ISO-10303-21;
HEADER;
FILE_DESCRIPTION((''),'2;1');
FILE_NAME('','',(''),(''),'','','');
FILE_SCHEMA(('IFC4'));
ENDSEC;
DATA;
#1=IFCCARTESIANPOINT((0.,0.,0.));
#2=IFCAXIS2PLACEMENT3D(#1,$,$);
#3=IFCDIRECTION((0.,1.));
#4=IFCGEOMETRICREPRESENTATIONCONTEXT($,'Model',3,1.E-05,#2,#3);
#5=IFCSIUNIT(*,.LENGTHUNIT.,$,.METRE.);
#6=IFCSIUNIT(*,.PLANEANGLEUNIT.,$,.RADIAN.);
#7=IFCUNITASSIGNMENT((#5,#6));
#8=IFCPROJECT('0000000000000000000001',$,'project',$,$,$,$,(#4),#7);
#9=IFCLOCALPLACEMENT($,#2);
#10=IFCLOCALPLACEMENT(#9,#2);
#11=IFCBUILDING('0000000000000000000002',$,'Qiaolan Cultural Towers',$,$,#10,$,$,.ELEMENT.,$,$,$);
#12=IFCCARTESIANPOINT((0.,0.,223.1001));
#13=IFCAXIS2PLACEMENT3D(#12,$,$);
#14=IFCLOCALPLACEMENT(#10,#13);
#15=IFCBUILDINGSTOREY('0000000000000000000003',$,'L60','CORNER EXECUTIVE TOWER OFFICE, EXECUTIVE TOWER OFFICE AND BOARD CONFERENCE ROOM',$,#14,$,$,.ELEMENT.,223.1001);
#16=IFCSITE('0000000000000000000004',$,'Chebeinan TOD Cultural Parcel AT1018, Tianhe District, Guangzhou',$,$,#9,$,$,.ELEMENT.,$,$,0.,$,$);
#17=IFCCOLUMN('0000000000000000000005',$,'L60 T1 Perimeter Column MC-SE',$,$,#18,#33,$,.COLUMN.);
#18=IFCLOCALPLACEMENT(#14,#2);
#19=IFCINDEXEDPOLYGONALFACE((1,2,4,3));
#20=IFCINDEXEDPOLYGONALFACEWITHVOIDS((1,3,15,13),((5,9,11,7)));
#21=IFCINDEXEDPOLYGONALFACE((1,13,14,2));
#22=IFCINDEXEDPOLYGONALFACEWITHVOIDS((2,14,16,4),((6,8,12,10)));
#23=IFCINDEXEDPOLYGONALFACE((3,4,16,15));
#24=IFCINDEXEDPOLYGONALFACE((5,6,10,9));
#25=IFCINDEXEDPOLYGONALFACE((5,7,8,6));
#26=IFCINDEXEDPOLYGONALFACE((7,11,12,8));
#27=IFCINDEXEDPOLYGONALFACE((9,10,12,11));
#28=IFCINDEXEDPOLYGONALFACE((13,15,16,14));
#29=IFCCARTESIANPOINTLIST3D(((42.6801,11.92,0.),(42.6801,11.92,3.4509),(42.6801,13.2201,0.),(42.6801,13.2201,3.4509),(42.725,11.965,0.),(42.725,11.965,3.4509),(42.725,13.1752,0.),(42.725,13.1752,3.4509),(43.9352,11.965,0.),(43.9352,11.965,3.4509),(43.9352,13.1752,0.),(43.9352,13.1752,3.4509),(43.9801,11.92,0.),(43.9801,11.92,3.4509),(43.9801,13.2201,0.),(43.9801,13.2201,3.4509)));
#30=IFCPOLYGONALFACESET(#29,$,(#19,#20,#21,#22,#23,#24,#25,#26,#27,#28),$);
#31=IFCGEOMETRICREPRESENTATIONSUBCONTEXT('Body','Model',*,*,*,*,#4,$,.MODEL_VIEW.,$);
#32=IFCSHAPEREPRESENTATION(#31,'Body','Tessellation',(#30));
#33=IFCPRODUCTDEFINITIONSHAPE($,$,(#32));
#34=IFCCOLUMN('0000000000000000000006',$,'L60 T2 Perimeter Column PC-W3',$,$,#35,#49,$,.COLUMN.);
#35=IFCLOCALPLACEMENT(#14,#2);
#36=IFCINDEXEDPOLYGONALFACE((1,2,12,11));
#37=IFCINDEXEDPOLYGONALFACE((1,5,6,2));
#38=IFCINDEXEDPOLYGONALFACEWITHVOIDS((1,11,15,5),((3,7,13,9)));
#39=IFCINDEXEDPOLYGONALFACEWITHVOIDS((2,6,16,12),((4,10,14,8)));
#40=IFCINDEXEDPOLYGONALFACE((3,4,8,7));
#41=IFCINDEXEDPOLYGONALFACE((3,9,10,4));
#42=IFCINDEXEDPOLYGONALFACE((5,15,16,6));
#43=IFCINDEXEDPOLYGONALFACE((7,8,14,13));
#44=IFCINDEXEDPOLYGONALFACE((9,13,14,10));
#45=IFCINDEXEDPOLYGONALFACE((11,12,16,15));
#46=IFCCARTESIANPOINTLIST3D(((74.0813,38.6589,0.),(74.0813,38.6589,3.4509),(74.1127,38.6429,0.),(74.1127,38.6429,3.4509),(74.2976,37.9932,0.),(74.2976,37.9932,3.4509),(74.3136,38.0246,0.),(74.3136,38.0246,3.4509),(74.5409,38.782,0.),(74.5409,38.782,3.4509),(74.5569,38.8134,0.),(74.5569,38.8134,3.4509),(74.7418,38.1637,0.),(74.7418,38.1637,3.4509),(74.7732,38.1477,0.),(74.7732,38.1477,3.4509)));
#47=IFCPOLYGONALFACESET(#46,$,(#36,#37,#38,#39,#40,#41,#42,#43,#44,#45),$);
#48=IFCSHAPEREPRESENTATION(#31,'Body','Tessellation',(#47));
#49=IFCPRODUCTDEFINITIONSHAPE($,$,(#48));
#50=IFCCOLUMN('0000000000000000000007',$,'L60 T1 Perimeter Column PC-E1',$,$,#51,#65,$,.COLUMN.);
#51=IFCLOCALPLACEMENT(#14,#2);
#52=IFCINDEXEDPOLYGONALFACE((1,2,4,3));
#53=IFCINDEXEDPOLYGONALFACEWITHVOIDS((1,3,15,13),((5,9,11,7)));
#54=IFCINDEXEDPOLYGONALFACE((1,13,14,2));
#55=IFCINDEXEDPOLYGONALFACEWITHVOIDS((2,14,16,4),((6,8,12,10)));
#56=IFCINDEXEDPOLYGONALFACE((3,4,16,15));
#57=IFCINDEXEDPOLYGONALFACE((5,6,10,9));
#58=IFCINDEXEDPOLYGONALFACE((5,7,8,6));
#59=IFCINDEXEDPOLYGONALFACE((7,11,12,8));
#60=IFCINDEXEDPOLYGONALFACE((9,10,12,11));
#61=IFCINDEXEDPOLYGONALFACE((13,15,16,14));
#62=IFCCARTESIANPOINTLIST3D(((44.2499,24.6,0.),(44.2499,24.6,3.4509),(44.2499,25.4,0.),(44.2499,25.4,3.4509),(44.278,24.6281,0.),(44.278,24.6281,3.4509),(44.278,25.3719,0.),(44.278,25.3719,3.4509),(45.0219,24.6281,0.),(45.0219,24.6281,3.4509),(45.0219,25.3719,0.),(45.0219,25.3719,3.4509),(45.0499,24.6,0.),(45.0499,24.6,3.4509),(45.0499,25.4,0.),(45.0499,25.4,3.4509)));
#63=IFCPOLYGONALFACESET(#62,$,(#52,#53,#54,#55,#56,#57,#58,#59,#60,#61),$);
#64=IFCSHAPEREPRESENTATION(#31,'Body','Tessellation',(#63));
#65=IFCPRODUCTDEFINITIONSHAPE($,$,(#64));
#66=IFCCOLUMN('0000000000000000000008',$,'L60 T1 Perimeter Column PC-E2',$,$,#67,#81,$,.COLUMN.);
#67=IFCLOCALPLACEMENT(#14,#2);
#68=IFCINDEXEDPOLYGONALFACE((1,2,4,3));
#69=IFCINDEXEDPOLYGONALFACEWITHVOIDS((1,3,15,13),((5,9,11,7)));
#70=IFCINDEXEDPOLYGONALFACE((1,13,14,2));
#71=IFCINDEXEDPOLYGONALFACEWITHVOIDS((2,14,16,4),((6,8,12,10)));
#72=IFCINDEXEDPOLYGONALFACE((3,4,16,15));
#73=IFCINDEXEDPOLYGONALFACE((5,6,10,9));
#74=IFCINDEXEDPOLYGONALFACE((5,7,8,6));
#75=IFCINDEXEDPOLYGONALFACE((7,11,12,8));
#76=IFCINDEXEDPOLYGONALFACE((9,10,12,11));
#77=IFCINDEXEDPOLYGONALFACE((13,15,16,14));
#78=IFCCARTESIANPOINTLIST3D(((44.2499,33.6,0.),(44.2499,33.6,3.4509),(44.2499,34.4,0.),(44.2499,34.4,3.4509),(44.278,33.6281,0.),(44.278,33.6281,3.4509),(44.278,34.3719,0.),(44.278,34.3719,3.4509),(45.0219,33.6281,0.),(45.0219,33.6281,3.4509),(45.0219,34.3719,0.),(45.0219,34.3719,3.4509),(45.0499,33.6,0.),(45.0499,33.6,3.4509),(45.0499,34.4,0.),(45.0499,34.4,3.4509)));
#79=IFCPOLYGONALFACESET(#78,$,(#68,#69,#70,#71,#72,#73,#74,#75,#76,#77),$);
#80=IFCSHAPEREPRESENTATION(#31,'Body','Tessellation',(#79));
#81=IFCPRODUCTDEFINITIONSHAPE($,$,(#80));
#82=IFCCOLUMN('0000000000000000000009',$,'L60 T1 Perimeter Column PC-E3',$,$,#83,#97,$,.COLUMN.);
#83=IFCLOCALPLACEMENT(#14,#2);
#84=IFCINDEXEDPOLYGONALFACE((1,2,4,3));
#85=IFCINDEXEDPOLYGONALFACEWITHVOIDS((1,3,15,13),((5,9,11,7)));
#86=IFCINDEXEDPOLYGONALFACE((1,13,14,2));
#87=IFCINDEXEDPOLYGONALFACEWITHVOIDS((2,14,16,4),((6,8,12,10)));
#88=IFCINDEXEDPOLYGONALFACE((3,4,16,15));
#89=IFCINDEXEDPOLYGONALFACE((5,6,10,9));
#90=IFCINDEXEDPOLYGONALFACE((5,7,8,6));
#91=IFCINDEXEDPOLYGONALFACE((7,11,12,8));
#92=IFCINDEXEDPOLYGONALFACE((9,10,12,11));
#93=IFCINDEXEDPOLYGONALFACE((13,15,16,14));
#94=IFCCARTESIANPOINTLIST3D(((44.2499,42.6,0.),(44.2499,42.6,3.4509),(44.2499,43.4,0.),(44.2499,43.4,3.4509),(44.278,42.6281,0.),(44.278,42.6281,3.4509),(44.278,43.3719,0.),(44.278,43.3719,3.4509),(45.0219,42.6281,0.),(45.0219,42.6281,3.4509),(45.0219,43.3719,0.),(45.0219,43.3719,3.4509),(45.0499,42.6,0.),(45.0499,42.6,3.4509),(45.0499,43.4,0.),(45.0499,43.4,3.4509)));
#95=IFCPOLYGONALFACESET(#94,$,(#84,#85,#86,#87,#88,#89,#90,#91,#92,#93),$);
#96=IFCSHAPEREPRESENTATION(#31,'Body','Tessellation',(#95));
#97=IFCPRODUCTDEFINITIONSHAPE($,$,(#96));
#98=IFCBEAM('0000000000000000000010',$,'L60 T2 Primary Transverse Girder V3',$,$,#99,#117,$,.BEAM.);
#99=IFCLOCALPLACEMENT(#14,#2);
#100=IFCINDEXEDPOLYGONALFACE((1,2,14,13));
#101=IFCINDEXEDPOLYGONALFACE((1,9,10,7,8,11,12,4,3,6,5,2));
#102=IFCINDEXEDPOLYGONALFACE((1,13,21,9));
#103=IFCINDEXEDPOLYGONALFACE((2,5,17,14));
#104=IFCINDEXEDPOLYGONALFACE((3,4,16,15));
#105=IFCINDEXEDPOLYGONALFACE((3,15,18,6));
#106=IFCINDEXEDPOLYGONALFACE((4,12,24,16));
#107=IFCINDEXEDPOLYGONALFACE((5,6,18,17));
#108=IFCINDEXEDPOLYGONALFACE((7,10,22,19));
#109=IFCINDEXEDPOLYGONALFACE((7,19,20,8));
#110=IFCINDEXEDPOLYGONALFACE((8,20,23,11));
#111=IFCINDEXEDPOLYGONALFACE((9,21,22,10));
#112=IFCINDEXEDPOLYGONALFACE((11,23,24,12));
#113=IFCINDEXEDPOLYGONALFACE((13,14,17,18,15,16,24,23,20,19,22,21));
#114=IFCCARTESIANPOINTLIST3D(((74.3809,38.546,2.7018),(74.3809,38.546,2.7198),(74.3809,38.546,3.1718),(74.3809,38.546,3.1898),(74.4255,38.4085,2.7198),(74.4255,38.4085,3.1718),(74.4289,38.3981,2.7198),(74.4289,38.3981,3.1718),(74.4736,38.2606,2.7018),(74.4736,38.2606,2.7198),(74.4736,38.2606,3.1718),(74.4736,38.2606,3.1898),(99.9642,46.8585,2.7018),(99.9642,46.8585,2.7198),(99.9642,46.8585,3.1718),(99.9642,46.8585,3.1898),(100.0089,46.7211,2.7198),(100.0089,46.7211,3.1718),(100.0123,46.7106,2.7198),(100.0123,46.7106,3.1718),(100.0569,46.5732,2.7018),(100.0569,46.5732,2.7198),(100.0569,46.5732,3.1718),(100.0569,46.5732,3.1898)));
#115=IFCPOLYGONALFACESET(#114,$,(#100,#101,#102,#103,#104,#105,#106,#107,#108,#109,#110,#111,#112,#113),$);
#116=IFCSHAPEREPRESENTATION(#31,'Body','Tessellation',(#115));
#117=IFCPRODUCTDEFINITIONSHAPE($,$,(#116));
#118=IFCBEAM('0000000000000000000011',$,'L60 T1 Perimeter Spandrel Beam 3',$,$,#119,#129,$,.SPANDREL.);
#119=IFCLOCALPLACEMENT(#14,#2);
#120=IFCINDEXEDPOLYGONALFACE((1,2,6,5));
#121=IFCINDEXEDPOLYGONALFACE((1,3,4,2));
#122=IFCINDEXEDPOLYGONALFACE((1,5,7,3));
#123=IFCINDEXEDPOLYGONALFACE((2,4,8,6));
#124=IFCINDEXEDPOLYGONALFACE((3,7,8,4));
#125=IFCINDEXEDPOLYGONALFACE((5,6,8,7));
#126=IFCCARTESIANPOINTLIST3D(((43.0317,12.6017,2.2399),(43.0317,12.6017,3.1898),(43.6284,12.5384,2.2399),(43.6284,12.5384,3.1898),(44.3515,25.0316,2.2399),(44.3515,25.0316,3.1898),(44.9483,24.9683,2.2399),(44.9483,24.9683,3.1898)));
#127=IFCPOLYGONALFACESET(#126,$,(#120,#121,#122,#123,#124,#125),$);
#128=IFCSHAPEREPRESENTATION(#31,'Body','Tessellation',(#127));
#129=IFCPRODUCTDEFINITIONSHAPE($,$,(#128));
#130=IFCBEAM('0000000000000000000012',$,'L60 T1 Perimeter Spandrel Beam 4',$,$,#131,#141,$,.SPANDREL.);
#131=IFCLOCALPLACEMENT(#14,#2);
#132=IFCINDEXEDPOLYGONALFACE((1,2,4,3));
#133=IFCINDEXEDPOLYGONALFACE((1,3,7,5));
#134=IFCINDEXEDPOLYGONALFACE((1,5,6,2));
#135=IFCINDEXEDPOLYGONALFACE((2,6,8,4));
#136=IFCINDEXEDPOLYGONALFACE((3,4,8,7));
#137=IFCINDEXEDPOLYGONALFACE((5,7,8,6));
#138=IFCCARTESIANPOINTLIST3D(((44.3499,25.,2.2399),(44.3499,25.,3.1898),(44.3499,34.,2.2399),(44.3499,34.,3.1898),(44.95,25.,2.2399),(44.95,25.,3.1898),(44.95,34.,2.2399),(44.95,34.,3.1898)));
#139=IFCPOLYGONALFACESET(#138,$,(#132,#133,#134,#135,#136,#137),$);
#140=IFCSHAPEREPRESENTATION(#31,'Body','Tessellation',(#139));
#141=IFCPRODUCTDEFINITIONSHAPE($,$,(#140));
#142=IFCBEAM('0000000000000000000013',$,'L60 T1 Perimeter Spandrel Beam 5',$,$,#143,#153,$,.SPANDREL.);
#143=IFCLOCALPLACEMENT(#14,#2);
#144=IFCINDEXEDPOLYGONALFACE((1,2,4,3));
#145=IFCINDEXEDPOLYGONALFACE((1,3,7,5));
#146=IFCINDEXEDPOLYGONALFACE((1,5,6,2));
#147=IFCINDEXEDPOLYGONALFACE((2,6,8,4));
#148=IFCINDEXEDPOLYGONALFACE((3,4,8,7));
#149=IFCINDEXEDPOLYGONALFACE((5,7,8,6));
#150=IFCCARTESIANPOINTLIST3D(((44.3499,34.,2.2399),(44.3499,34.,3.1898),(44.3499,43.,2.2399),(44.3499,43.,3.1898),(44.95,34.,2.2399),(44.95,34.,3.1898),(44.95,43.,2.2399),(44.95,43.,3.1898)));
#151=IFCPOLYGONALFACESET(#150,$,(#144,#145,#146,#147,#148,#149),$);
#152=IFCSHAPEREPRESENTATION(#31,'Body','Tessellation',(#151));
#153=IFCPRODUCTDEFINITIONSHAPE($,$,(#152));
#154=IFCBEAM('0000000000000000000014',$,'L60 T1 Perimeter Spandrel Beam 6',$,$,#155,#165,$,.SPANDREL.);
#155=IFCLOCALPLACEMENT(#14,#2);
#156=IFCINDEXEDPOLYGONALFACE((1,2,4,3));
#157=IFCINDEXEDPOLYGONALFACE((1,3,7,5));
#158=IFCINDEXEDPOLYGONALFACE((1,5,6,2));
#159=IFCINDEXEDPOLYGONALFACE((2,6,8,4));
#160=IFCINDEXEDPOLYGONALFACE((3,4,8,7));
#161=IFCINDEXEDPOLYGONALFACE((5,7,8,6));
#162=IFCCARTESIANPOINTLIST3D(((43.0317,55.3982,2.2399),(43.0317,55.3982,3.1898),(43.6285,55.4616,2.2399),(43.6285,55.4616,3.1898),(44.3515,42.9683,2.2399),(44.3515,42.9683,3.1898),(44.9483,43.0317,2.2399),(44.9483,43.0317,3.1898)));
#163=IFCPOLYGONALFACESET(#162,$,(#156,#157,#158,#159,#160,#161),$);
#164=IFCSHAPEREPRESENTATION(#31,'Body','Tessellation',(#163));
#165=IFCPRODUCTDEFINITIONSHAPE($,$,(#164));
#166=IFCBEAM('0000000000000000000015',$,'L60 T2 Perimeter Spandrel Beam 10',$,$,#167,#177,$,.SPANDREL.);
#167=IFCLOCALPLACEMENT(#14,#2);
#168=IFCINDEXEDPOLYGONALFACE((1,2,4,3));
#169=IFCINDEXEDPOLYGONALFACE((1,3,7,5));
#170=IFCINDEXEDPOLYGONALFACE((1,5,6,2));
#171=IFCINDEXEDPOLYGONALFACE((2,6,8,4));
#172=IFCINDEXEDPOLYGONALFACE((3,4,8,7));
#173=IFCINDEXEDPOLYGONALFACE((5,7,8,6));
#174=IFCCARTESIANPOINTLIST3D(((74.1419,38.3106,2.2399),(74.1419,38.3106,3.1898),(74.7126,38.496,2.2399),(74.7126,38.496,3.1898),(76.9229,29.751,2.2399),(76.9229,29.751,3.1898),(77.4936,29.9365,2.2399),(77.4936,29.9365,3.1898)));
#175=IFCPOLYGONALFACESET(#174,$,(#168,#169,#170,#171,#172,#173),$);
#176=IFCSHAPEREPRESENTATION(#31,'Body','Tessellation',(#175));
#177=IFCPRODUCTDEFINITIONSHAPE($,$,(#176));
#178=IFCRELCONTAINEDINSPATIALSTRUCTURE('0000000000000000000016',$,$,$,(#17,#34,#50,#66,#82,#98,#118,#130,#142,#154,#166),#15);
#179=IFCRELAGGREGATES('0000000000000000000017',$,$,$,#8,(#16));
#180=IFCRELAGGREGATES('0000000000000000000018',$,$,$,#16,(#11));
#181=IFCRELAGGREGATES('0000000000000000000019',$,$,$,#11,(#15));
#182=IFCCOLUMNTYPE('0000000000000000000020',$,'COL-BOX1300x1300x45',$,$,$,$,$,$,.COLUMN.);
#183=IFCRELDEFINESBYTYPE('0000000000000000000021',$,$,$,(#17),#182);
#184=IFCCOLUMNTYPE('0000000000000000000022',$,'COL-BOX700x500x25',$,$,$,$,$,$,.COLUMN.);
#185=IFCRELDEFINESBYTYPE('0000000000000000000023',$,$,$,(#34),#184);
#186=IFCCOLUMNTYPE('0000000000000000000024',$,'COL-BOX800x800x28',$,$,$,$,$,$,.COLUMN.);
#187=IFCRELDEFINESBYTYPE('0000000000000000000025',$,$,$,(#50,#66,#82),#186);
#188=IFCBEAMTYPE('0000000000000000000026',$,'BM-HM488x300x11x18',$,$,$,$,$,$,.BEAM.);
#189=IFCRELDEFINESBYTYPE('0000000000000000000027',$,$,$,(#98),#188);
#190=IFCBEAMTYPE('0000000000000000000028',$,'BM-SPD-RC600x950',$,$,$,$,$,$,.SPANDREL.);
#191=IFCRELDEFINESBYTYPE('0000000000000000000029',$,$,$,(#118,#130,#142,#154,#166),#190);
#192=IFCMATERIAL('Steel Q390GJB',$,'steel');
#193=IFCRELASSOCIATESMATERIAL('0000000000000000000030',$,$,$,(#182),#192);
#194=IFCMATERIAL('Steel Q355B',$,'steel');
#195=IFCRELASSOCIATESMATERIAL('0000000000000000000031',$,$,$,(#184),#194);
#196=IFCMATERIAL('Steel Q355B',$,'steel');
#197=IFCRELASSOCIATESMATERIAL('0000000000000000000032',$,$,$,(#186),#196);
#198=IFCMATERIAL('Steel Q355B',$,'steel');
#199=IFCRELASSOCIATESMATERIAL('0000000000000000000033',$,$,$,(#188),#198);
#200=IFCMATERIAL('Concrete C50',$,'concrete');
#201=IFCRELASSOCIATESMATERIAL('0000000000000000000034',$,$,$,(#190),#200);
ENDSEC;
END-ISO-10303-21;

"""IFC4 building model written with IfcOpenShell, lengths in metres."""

from ifc_helpers import new_model, si_unit, direction, frame, origin, origin_2d, place, context, subcontext, project, spatial, rectangle, hollow_rectangle, i_section, extrude, material, material_profile, profile_set, type_object, element, save


model = new_model("IFC4")

# Units and contexts
model_context = context("Model", 3, precision=1e-05, world=origin(), true_north=direction((0.0, 1.0)))
body_context = subcontext(model_context, "Body", "Model", "MODEL_VIEW")
ifc_project = project(units=[si_unit("LENGTHUNIT", "METRE"), si_unit("PLANEANGLEUNIT", "RADIAN")], contexts=[model_context])

# Site, building, storey
site_placement = place(None, origin())
site = spatial("IfcSite", under=ifc_project, at=site_placement, Name="Chebeinan TOD Cultural Parcel AT1018, Tianhe District, Guangzhou", CompositionType="ELEMENT", RefElevation=0.0)
building_placement = place(site_placement, origin())
building = spatial("IfcBuilding", under=site, at=building_placement, Name="Qiaolan Cultural Towers", CompositionType="ELEMENT")
storey_placement = place(building_placement, frame((0.0, 0.0, 223.1001)))
storey = spatial("IfcBuildingStorey", under=building, at=storey_placement, Name="L60", Description="CORNER EXECUTIVE TOWER OFFICE, EXECUTIVE TOWER OFFICE AND BOARD CONFERENCE ROOM", CompositionType="ELEMENT", Elevation=223.1001)

# Columns
ifc_material_1 = material(Name="Steel Q390GJB", Category="steel")
ifc_material_profile_1 = material_profile(ifc_material_1, hollow_rectangle(XDim=1.3, YDim=1.3, WallThickness=0.0449, at=origin_2d()), Name="BOX1300x1300x45")
ifc_profile_set_1 = profile_set([ifc_material_profile_1], Name="Steel Q390GJB")
column_type_1 = type_object("IfcColumnType", Name="COL-BOX1300x1300x45", PredefinedType="COLUMN", material=ifc_profile_set_1)
column_1_placement = place(storey_placement, frame((43.3301, 12.5701, 0.0), z_axis=(0.0, 0.0, 1.0), x_axis=(1.0, 0.0, 0.0)))
element("IfcColumn", 1, at=column_1_placement, inside=storey, type_object=column_type_1, Name="L60 T1 Perimeter Column MC-SE", PredefinedType="COLUMN", context=body_context, shape_type="SweptSolid", body=[
    extrude(hollow_rectangle(XDim=1.3, YDim=1.3, WallThickness=0.0449, at=origin_2d()), origin(), (0.0, 0.0, 1.0), 3.4509),
])
ifc_material_2 = material(Name="Steel Q355B", Category="steel")
ifc_material_profile_2 = material_profile(ifc_material_2, hollow_rectangle(XDim=0.5, YDim=0.7, WallThickness=0.0249, at=origin_2d()), Name="BOX700x500x25")
ifc_profile_set_2 = profile_set([ifc_material_profile_2], Name="Steel Q355B")
column_type_2 = type_object("IfcColumnType", Name="COL-BOX700x500x25", PredefinedType="COLUMN", material=ifc_profile_set_2)
column_2_placement = place(storey_placement, frame((74.4272, 38.4033, 0.0), z_axis=(0.0, 0.0, 1.0), x_axis=(0.951057, 0.309017, 0.0)))
element("IfcColumn", 2, at=column_2_placement, inside=storey, type_object=column_type_2, Name="L60 T2 Perimeter Column PC-W3", PredefinedType="COLUMN", context=body_context, shape_type="SweptSolid", body=[
    extrude(hollow_rectangle(XDim=0.5, YDim=0.7, WallThickness=0.0249, at=origin_2d()), origin(), (0.0, 0.0, 1.0), 3.4509),
])
ifc_material_3 = material(Name="Steel Q355B", Category="steel")
ifc_material_profile_3 = material_profile(ifc_material_3, hollow_rectangle(XDim=0.8, YDim=0.8, WallThickness=0.0281, at=origin_2d()), Name="BOX800x800x28")
ifc_profile_set_3 = profile_set([ifc_material_profile_3], Name="Steel Q355B")
column_type_3 = type_object("IfcColumnType", Name="COL-BOX800x800x28", PredefinedType="COLUMN", material=ifc_profile_set_3)
for number, where, z_axis, x_axis, name in (
    (3, (44.6499, 25.0, 0.0), (0.0, 0.0, 1.0), (1.0, 0.0, 0.0), "L60 T1 Perimeter Column PC-E1"),
    (4, (44.6499, 34.0, 0.0), (0.0, 0.0, 1.0), (1.0, 0.0, 0.0), "L60 T1 Perimeter Column PC-E2"),
    (5, (44.6499, 43.0, 0.0), (0.0, 0.0, 1.0), (1.0, 0.0, 0.0), "L60 T1 Perimeter Column PC-E3"),
):
    element("IfcColumn", number, at=place(storey_placement, frame(where, z_axis=z_axis, x_axis=x_axis)), inside=storey, type_object=column_type_3, Name=name, PredefinedType="COLUMN", context=body_context, shape_type="SweptSolid", body=[
        extrude(hollow_rectangle(XDim=0.8, YDim=0.8, WallThickness=0.0281, at=origin_2d()), origin(), (0.0, 0.0, 1.0), 3.4509),
    ])

# Beams
ifc_material_4 = material(Name="Steel Q355B", Category="steel")
ifc_material_profile_4 = material_profile(ifc_material_4, i_section(OverallWidth=0.3, OverallDepth=0.488, WebThickness=0.011, FlangeThickness=0.0181, at=origin_2d()), Name="HM488x300x11x18")
ifc_profile_set_4 = profile_set([ifc_material_profile_4], Name="Steel Q355B")
beam_type_1 = type_object("IfcBeamType", Name="BM-HM488x300x11x18", PredefinedType="BEAM", material=ifc_profile_set_4)
beam_1_placement = place(storey_placement, frame((74.4272, 38.4033, 2.9458), z_axis=(0.951057, 0.309017, 0.0), x_axis=(-0.309017, 0.951057, 0.0)))
element("IfcBeam", 6, at=beam_1_placement, inside=storey, type_object=beam_type_1, Name="L60 T2 Primary Transverse Girder V3", PredefinedType="BEAM", context=body_context, shape_type="SweptSolid", body=[
    extrude(i_section(OverallWidth=0.3, OverallDepth=0.488, WebThickness=0.011, FlangeThickness=0.0181, at=origin_2d()), origin(), (0.0, 0.0, 1.0), 26.8999),
])
ifc_material_5 = material(Name="Concrete C50", Category="concrete")
ifc_material_profile_5 = material_profile(ifc_material_5, rectangle(XDim=0.6001, YDim=0.95, at=origin_2d()), Name="RC600x950")
ifc_profile_set_5 = profile_set([ifc_material_profile_5], Name="Concrete C50")
beam_type_2 = type_object("IfcBeamType", Name="BM-SPD-RC600x950", PredefinedType="SPANDREL", material=ifc_profile_set_5)
beam_2_placement = place(storey_placement, frame((43.3301, 12.5701, 2.7148), z_axis=(0.105588, 0.99441, 0.0), x_axis=(-0.99441, 0.105588, 0.0)))
element("IfcBeam", 7, at=beam_2_placement, inside=storey, type_object=beam_type_2, Name="L60 T1 Perimeter Spandrel Beam 3", PredefinedType="SPANDREL", context=body_context, shape_type="SweptSolid", body=[
    extrude(rectangle(XDim=0.6001, YDim=0.95, at=origin_2d()), origin(), (0.0, 0.0, 1.0), 12.4998),
])
for number, where, z_axis, x_axis, name in (
    (8, (44.6499, 25.0, 2.7148), (0.0, 1.0, 0.0), (-1.0, 0.0, 0.0), "L60 T1 Perimeter Spandrel Beam 4"),
    (9, (44.6499, 34.0, 2.7148), (0.0, 1.0, 0.0), (-1.0, 0.0, 0.0), "L60 T1 Perimeter Spandrel Beam 5"),
):
    element("IfcBeam", number, at=place(storey_placement, frame(where, z_axis=z_axis, x_axis=x_axis)), inside=storey, type_object=beam_type_2, Name=name, PredefinedType="SPANDREL", context=body_context, shape_type="SweptSolid", body=[
        extrude(rectangle(XDim=0.6001, YDim=0.95, at=origin_2d()), origin(), (0.0, 0.0, 1.0), 9.0),
    ])
beam_3_placement = place(storey_placement, frame((44.6499, 43.0, 2.7148), z_axis=(-0.105588, 0.99441, 0.0), x_axis=(-0.99441, -0.105588, 0.0)))
element("IfcBeam", 10, at=beam_3_placement, inside=storey, type_object=beam_type_2, Name="L60 T1 Perimeter Spandrel Beam 6", PredefinedType="SPANDREL", context=body_context, shape_type="SweptSolid", body=[
    extrude(rectangle(XDim=0.6001, YDim=0.95, at=origin_2d()), origin(), (0.0, 0.0, 1.0), 12.4998),
])
beam_4_placement = place(storey_placement, frame((74.4272, 38.4033, 2.7148), z_axis=(0.309, -0.951062, 0.0), x_axis=(0.951062, 0.309, 0.0)))
element("IfcBeam", 11, at=beam_4_placement, inside=storey, type_object=beam_type_2, Name="L60 T2 Perimeter Spandrel Beam 10", PredefinedType="SPANDREL", context=body_context, shape_type="SweptSolid", body=[
    extrude(rectangle(XDim=0.6001, YDim=0.95, at=origin_2d()), origin(), (0.0, 0.0, 1.0), 9.0),
])

save(model, "model.ifc")
